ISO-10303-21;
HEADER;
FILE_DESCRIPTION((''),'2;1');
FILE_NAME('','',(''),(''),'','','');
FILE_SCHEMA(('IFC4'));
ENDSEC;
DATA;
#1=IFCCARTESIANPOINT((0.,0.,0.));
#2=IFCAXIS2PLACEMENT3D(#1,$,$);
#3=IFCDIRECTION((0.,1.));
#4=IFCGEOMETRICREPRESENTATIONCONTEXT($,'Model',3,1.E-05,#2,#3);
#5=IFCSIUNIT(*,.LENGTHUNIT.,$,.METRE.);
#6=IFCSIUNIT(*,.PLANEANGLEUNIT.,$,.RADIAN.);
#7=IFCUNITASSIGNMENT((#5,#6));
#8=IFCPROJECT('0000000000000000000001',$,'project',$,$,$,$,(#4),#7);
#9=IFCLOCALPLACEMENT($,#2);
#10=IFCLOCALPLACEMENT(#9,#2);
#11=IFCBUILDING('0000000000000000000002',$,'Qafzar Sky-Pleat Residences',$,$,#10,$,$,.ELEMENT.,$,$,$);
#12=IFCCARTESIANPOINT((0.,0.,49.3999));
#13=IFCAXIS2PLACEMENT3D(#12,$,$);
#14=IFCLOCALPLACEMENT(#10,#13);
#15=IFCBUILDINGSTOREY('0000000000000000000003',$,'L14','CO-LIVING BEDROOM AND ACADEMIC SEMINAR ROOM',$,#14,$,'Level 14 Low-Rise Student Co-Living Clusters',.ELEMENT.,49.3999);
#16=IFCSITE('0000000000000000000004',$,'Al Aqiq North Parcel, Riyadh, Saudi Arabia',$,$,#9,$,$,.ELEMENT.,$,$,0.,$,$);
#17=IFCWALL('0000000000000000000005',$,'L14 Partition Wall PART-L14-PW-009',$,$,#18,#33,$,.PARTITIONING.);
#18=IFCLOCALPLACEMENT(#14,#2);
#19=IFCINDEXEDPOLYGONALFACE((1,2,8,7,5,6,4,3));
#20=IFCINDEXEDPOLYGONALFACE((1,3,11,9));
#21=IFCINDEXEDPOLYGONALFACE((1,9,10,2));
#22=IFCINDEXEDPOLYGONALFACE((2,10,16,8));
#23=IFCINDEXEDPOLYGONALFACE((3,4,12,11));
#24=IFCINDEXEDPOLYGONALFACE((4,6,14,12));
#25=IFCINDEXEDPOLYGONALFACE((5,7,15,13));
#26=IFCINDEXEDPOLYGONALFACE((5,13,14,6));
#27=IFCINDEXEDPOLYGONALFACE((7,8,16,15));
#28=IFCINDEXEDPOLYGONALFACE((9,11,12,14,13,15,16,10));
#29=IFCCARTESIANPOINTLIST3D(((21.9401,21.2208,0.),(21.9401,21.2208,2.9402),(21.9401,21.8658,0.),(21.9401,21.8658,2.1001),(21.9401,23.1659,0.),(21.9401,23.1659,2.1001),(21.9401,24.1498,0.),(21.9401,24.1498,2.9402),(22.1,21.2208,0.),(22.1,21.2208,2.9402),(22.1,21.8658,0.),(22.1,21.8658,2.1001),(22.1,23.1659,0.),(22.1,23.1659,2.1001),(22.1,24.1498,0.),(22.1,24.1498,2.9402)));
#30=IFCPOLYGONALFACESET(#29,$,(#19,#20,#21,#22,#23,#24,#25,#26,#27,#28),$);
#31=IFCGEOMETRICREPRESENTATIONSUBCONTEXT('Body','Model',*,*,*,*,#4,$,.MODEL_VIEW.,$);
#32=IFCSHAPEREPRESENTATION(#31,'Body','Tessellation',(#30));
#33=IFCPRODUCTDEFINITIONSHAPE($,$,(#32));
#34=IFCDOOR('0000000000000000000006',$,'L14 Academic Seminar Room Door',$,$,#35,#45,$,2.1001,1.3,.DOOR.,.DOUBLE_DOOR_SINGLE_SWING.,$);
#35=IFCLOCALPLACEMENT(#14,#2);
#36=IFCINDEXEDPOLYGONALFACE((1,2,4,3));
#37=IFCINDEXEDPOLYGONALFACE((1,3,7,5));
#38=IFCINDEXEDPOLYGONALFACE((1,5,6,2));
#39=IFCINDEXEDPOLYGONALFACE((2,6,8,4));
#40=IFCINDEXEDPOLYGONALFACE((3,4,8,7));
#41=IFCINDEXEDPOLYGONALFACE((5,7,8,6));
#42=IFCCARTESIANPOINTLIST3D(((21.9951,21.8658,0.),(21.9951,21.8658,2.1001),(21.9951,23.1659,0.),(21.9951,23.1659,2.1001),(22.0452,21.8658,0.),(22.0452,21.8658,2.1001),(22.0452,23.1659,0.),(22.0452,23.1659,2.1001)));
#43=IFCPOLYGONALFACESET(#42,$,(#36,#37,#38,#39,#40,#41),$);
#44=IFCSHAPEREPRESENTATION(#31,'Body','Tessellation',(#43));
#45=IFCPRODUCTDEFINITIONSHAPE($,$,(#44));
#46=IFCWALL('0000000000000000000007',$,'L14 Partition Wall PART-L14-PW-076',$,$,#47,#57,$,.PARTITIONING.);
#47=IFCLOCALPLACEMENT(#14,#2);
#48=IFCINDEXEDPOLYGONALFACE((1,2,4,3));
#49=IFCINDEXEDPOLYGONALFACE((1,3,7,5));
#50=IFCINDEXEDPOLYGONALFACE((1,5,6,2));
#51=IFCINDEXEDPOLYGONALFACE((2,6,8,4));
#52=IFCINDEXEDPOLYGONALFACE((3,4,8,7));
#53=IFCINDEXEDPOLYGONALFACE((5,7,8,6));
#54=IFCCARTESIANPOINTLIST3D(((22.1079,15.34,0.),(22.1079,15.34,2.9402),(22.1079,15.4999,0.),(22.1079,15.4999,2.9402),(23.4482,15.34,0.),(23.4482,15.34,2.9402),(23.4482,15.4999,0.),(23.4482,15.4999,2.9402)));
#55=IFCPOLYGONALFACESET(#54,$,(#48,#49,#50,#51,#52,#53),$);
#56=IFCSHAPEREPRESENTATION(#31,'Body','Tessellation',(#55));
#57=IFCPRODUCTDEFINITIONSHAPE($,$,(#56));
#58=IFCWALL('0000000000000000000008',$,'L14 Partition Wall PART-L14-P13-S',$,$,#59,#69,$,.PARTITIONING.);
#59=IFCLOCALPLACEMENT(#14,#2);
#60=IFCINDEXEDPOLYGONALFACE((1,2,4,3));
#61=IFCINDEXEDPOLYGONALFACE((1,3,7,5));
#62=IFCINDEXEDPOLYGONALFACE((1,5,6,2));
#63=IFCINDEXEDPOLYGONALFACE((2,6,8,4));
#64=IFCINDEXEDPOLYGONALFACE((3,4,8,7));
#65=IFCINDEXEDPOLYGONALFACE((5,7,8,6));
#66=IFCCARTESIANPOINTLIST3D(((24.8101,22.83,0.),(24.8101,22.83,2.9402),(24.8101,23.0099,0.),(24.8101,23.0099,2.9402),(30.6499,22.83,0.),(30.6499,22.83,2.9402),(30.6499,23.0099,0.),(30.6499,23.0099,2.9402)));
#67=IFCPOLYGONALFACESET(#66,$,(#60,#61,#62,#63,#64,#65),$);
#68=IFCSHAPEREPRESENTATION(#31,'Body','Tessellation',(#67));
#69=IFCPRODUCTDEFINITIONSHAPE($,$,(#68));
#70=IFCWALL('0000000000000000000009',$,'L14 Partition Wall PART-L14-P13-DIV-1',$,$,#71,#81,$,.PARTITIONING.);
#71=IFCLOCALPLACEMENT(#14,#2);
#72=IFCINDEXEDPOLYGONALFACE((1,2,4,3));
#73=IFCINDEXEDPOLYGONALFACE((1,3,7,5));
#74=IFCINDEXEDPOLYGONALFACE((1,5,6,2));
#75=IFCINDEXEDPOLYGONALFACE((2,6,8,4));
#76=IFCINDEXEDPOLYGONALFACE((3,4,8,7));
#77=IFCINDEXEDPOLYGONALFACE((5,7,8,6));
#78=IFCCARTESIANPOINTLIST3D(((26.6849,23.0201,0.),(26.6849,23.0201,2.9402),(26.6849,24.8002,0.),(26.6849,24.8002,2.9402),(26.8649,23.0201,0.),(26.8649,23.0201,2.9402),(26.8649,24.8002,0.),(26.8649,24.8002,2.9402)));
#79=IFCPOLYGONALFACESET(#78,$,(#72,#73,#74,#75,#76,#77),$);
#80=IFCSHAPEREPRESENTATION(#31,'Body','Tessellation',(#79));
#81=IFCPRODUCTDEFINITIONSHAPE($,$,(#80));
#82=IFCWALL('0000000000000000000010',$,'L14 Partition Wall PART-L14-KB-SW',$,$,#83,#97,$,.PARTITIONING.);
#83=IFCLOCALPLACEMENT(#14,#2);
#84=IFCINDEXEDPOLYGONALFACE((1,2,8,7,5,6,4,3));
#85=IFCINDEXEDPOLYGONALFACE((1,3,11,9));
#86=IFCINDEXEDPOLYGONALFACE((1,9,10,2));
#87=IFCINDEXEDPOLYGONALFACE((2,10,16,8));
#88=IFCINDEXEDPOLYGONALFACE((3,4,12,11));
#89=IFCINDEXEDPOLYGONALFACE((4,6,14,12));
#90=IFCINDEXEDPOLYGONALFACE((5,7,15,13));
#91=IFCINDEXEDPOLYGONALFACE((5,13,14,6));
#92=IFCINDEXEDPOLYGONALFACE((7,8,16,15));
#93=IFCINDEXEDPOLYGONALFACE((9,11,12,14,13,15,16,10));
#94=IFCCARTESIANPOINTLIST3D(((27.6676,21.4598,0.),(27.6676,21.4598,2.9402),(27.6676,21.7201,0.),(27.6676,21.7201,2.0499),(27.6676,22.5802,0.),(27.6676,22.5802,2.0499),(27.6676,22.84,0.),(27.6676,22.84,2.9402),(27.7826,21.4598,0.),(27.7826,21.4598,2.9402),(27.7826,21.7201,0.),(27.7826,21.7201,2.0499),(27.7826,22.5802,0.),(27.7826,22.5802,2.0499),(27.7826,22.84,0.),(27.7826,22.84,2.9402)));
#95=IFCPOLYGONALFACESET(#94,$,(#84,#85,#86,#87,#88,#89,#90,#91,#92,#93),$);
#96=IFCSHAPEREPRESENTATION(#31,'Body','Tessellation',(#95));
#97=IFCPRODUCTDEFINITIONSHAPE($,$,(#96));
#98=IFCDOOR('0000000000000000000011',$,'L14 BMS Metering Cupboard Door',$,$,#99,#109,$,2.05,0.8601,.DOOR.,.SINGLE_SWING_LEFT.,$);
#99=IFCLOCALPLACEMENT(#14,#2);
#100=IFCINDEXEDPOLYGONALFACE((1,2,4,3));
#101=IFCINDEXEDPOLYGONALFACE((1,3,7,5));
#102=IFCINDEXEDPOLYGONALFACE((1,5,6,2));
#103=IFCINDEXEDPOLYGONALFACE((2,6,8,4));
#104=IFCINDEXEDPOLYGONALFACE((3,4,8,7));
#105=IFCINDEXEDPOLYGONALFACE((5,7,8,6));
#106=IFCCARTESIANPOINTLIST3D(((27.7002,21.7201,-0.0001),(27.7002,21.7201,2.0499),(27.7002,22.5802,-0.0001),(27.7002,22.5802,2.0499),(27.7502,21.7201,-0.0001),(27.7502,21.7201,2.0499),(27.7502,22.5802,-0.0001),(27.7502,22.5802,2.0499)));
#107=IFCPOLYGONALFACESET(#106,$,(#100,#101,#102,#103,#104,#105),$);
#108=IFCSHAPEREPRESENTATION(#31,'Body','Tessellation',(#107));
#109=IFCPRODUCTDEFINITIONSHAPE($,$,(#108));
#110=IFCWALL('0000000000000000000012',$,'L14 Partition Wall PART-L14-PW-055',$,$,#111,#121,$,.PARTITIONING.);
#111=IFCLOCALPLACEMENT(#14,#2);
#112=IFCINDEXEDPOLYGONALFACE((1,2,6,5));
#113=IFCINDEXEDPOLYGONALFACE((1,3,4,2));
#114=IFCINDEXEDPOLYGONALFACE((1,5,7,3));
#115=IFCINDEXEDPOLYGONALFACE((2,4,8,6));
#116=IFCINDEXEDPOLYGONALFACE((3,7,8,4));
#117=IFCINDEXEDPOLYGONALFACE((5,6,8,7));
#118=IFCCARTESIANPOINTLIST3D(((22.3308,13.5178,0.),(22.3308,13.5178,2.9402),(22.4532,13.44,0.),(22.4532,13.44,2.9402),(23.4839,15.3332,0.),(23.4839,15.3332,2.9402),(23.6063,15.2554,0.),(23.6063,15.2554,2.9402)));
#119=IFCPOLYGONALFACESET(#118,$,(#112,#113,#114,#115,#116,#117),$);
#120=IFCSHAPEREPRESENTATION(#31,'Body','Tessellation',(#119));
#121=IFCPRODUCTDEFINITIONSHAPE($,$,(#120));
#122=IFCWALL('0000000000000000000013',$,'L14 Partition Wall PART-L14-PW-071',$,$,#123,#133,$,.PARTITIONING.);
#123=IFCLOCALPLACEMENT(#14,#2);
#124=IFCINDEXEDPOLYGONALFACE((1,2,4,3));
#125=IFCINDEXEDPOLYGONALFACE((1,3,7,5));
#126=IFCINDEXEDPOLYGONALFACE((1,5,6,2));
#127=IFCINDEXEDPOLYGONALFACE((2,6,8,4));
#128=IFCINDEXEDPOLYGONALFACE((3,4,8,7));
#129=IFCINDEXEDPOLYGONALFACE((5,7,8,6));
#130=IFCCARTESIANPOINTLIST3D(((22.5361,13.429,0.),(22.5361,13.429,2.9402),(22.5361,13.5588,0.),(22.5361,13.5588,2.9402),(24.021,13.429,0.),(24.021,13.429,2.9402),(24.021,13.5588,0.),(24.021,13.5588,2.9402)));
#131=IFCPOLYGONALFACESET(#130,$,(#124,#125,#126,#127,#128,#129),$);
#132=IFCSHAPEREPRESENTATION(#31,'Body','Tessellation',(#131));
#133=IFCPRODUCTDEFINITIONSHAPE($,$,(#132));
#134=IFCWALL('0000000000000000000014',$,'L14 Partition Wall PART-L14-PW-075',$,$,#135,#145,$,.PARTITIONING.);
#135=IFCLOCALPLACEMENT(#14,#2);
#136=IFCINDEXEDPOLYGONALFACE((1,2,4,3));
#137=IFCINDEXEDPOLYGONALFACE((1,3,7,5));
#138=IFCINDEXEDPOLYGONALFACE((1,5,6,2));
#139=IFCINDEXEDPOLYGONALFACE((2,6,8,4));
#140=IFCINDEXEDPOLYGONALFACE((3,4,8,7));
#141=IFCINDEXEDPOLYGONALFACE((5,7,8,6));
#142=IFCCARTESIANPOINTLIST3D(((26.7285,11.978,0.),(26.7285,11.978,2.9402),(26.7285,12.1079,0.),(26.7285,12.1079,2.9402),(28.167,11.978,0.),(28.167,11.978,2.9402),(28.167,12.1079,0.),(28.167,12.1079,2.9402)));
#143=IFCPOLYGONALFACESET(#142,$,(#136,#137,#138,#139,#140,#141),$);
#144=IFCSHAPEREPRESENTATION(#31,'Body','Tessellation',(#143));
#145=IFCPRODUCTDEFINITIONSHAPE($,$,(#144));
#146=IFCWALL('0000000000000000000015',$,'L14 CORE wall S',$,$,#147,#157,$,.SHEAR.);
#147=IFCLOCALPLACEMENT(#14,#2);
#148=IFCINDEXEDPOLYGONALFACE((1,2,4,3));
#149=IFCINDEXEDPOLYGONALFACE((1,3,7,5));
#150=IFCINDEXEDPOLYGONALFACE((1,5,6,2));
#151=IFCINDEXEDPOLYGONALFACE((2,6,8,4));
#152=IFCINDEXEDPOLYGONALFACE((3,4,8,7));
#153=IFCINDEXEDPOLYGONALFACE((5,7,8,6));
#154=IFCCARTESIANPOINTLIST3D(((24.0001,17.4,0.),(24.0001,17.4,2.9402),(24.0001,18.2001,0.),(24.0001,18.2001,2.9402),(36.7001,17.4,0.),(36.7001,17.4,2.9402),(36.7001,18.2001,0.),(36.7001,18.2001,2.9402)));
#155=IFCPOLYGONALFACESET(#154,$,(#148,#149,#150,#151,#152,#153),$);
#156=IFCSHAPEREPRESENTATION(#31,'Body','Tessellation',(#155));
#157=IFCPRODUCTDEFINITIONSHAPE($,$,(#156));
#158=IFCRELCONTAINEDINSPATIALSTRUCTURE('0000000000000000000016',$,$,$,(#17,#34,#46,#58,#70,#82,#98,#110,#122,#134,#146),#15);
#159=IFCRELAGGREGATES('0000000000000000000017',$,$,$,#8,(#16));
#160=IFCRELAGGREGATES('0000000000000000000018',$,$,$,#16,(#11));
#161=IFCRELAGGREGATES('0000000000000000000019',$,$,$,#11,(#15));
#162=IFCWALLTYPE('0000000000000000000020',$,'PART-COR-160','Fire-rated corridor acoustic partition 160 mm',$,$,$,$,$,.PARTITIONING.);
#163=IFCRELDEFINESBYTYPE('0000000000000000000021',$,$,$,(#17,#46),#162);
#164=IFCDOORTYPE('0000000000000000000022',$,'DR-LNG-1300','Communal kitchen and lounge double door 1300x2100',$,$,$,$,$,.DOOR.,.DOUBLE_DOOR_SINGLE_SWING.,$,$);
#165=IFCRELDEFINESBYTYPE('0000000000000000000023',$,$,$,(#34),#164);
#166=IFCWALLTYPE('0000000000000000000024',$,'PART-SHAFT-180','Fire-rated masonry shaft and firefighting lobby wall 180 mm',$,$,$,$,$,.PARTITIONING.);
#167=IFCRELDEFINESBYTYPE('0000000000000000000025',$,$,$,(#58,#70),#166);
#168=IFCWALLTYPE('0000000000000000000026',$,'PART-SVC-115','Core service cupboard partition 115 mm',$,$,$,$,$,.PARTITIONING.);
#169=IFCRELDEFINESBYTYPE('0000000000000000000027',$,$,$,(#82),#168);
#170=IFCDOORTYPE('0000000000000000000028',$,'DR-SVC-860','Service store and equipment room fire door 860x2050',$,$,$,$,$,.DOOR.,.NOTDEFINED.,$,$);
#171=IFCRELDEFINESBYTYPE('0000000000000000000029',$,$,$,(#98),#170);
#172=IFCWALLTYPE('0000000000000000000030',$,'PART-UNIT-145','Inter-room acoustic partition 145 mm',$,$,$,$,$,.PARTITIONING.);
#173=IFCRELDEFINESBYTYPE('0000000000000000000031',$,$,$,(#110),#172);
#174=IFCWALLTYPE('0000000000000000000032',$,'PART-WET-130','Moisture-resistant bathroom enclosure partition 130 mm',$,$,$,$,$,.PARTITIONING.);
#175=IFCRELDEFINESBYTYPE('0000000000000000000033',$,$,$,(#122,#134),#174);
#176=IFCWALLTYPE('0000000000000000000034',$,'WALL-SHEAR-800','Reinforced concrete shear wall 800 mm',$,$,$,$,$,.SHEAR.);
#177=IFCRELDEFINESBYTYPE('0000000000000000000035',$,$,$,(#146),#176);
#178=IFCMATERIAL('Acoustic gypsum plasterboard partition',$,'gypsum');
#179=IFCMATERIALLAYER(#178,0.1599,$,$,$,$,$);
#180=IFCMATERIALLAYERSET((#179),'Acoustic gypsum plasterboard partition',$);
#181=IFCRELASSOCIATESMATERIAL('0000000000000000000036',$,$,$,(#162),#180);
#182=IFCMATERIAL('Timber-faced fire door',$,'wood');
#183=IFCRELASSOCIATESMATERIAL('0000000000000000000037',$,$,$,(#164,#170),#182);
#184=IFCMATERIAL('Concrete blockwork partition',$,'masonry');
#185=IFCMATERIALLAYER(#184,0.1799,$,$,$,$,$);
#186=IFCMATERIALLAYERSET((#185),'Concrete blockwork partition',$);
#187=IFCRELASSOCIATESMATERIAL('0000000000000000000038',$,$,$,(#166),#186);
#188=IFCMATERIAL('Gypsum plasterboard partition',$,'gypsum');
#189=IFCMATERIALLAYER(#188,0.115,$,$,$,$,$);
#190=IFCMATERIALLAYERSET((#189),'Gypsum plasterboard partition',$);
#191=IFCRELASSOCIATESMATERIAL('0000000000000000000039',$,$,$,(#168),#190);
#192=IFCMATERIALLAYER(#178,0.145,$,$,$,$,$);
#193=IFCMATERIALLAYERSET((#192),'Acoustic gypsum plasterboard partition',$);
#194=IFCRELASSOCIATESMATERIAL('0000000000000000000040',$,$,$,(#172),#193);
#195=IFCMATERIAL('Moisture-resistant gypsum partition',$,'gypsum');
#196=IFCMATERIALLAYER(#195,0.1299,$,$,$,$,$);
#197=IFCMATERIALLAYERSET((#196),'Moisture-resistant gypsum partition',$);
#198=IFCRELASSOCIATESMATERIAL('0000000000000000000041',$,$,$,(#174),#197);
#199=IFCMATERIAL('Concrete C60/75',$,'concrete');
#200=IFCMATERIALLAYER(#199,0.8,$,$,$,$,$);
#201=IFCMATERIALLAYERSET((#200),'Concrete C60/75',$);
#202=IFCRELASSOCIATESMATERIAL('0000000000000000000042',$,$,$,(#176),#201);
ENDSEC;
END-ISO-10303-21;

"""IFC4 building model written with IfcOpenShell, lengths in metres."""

from ifc_helpers import new_model, si_unit, direction, frame, frame_2d, origin, place, context, subcontext, project, spatial, rectangle, extrude, source, transform, mapped, material, layer, layer_set, type_object, element, fill, save


model = new_model("IFC4")

# Units and contexts
model_context = context("Model", 3, precision=1e-05, world=origin(), true_north=direction((0.0, 1.0)))
body_context = subcontext(model_context, "Body", "Model", "MODEL_VIEW")
ifc_project = project(units=[si_unit("LENGTHUNIT", "METRE"), si_unit("PLANEANGLEUNIT", "RADIAN")], contexts=[model_context])

# Site, building, storey
site_placement = place(None, origin())
site = spatial("IfcSite", under=ifc_project, at=site_placement, Name="Al Aqiq North Parcel, Riyadh, Saudi Arabia", CompositionType="ELEMENT", RefElevation=0.0)
building_placement = place(site_placement, origin())
building = spatial("IfcBuilding", under=site, at=building_placement, Name="Qafzar Sky-Pleat Residences", CompositionType="ELEMENT")
storey_placement = place(building_placement, frame((0.0, 0.0, 49.3999)))
storey = spatial("IfcBuildingStorey", under=building, at=storey_placement, Name="L14", Description="CO-LIVING BEDROOM AND ACADEMIC SEMINAR ROOM", LongName="Level 14 Low-Rise Student Co-Living Clusters", CompositionType="ELEMENT", Elevation=49.3999)

# Wall, opening, door
ifc_material_1 = material(Name="Acoustic gypsum plasterboard partition", Category="gypsum")
ifc_layer_1 = layer(ifc_material_1, 0.1599)
ifc_layer_set_1 = layer_set([ifc_layer_1], Name="Acoustic gypsum plasterboard partition")
wall_type_1 = type_object("IfcWallType", Name="PART-COR-160", Description="Fire-rated corridor acoustic partition 160 mm", PredefinedType="PARTITIONING", material=ifc_layer_set_1)
ifc_material_2 = material(Name="Timber-faced fire door", Category="wood")
wall_1_placement = place(storey_placement, frame((22.02, 21.2209, 0.0), z_axis=(0.0, 0.0, 1.0), x_axis=(0.0, 1.0, 0.0)))
wall_1 = element("IfcWall", 1, at=wall_1_placement, inside=storey, type_object=wall_type_1, Name="L14 Partition Wall PART-L14-PW-009", PredefinedType="PARTITIONING", context=body_context, shape_type="SweptSolid", body=[
    extrude(rectangle(XDim=2.929, YDim=0.1599, at=frame_2d((1.4644, 0.0))), origin(), (0.0, 0.0, 1.0), 2.9402),
])
opening_1_placement = place(wall_1_placement, frame((0.645, 0.0, 0.0)))
opening_1 = element("IfcOpeningElement", 2, at=opening_1_placement, cuts=wall_1, PredefinedType="OPENING", context=body_context, shape_type="SweptSolid", body=[
    extrude(rectangle(XDim=1.3, YDim=2.1001, at=frame_2d((0.6499, 1.05))), frame((0.0, 0.0898, 0.0), z_axis=(0.0, -1.0, 0.0), x_axis=(1.0, 0.0, 0.0)), (0.0, 0.0, 1.0), 0.1799),
])
door_type_1 = type_object("IfcDoorType", Name="DR-LNG-1300", Description="Communal kitchen and lounge double door 1300x2100", OperationType="DOUBLE_DOOR_SINGLE_SWING", PredefinedType="DOOR", material=ifc_material_2)
shared_shape_1 = source(origin(), body_context, "Body", "SweptSolid", [
    extrude(rectangle(XDim=1.3, YDim=2.1001, at=frame_2d((0.6499, 1.05))), frame((0.0, 0.0249, 0.0), z_axis=(0.0, -1.0, 0.0), x_axis=(1.0, 0.0, 0.0)), (0.0, 0.0, 1.0), 0.05),
])
door_1_placement = place(opening_1_placement, origin())
door_1 = element("IfcDoor", 3, at=door_1_placement, inside=storey, type_object=door_type_1, Name="L14 Academic Seminar Room Door", OperationType="DOUBLE_DOOR_SINGLE_SWING", OverallHeight=2.1001, OverallWidth=1.3, PredefinedType="DOOR", context=body_context, shape_type="MappedRepresentation", body=[
    mapped(shared_shape_1, transform((0.0, 0.0, 0.0), x_axis=(1.0, 0.0, 0.0), y_axis=(0.0, 1.0, 0.0), z_axis=(0.0, 0.0, 1.0), scale=1.0)),
])
fill(opening_1, door_1)

# Walls
wall_2_placement = place(storey_placement, frame((22.1079, 15.4199, 0.0), z_axis=(0.0, 0.0, 1.0), x_axis=(1.0, 0.0, 0.0)))
element("IfcWall", 4, at=wall_2_placement, inside=storey, type_object=wall_type_1, Name="L14 Partition Wall PART-L14-PW-076", PredefinedType="PARTITIONING", context=body_context, shape_type="SweptSolid", body=[
    extrude(rectangle(XDim=1.3403, YDim=0.1599, at=frame_2d((0.6702, 0.0))), origin(), (0.0, 0.0, 1.0), 2.9402),
])
ifc_material_3 = material(Name="Concrete blockwork partition", Category="masonry")
ifc_layer_2 = layer(ifc_material_3, 0.1799)
ifc_layer_set_2 = layer_set([ifc_layer_2], Name="Concrete blockwork partition")
wall_type_2 = type_object("IfcWallType", Name="PART-SHAFT-180", Description="Fire-rated masonry shaft and firefighting lobby wall 180 mm", PredefinedType="PARTITIONING", material=ifc_layer_set_2)
wall_3_placement = place(storey_placement, frame((24.8101, 22.9199, 0.0), z_axis=(0.0, 0.0, 1.0), x_axis=(1.0, 0.0, 0.0)))
element("IfcWall", 5, at=wall_3_placement, inside=storey, type_object=wall_type_2, Name="L14 Partition Wall PART-L14-P13-S", PredefinedType="PARTITIONING", context=body_context, shape_type="SweptSolid", body=[
    extrude(rectangle(XDim=5.8398, YDim=0.1799, at=frame_2d((2.9199, 0.0))), origin(), (0.0, 0.0, 1.0), 2.9402),
])

# Wall
wall_4_placement = place(storey_placement, frame((26.7749, 23.02, 0.0), z_axis=(0.0, 0.0, 1.0), x_axis=(0.0, 1.0, 0.0)))
element("IfcWall", 6, at=wall_4_placement, inside=storey, type_object=wall_type_2, Name="L14 Partition Wall PART-L14-P13-DIV-1", PredefinedType="PARTITIONING", context=body_context, shape_type="SweptSolid", body=[
    extrude(rectangle(XDim=1.78, YDim=0.1799, at=frame_2d((0.8901, 0.0))), origin(), (0.0, 0.0, 1.0), 2.9402),
])

# Wall, opening, door
ifc_material_4 = material(Name="Gypsum plasterboard partition", Category="gypsum")
ifc_layer_3 = layer(ifc_material_4, 0.115)
ifc_layer_set_3 = layer_set([ifc_layer_3], Name="Gypsum plasterboard partition")
wall_type_3 = type_object("IfcWallType", Name="PART-SVC-115", Description="Core service cupboard partition 115 mm", PredefinedType="PARTITIONING", material=ifc_layer_set_3)
wall_5_placement = place(storey_placement, frame((27.7251, 21.46, 0.0), z_axis=(0.0, 0.0, 1.0), x_axis=(0.0, 1.0, 0.0)))
wall_5 = element("IfcWall", 7, at=wall_5_placement, inside=storey, type_object=wall_type_3, Name="L14 Partition Wall PART-L14-KB-SW", PredefinedType="PARTITIONING", context=body_context, shape_type="SweptSolid", body=[
    extrude(rectangle(XDim=1.3801, YDim=0.115, at=frame_2d((0.6899, 0.0))), origin(), (0.0, 0.0, 1.0), 2.9402),
])
opening_2_placement = place(wall_5_placement, frame((0.26, 0.0, 0.0)))
opening_2 = element("IfcOpeningElement", 8, at=opening_2_placement, cuts=wall_5, PredefinedType="OPENING", context=body_context, shape_type="SweptSolid", body=[
    extrude(rectangle(XDim=0.8601, YDim=2.05, at=frame_2d((0.4302, 1.0249))), frame((0.0, 0.0674, 0.0), z_axis=(0.0, -1.0, 0.0), x_axis=(1.0, 0.0, 0.0)), (0.0, 0.0, 1.0), 0.135),
])
door_type_2 = type_object("IfcDoorType", Name="DR-SVC-860", Description="Service store and equipment room fire door 860x2050", OperationType="NOTDEFINED", PredefinedType="DOOR", material=ifc_material_2)
shared_shape_2 = source(origin(), body_context, "Body", "SweptSolid", [
    extrude(rectangle(XDim=0.8601, YDim=2.05, at=frame_2d((0.4302, 1.0249))), frame((0.0, 0.0249, 0.0), z_axis=(0.0, -1.0, 0.0), x_axis=(1.0, 0.0, 0.0)), (0.0, 0.0, 1.0), 0.05),
])
door_2_placement = place(opening_2_placement, origin())
door_2 = element("IfcDoor", 9, at=door_2_placement, inside=storey, type_object=door_type_2, Name="L14 BMS Metering Cupboard Door", OperationType="SINGLE_SWING_LEFT", OverallHeight=2.05, OverallWidth=0.8601, PredefinedType="DOOR", context=body_context, shape_type="MappedRepresentation", body=[
    mapped(shared_shape_2, transform((0.0, 0.0, 0.0), x_axis=(1.0, 0.0, 0.0), y_axis=(0.0, 1.0, 0.0), z_axis=(0.0, 0.0, 1.0), scale=1.0)),
])
fill(opening_2, door_2)

# Walls
ifc_layer_4 = layer(ifc_material_1, 0.145)
ifc_layer_set_4 = layer_set([ifc_layer_4], Name="Acoustic gypsum plasterboard partition")
wall_type_4 = type_object("IfcWallType", Name="PART-UNIT-145", Description="Inter-room acoustic partition 145 mm", PredefinedType="PARTITIONING", material=ifc_layer_set_4)
wall_6_placement = place(storey_placement, frame((22.3921, 13.479, 0.0), z_axis=(0.0, 0.0, 1.0), x_axis=(0.536148, 0.844124, 0.0)))
element("IfcWall", 10, at=wall_6_placement, inside=storey, type_object=wall_type_4, Name="L14 Partition Wall PART-L14-PW-055", PredefinedType="PARTITIONING", context=body_context, shape_type="SweptSolid", body=[
    extrude(rectangle(XDim=2.1506, YDim=0.145, at=frame_2d((1.0752, 0.0))), origin(), (0.0, 0.0, 1.0), 2.9402),
])
ifc_material_5 = material(Name="Moisture-resistant gypsum partition", Category="gypsum")
ifc_layer_5 = layer(ifc_material_5, 0.1299)
ifc_layer_set_5 = layer_set([ifc_layer_5], Name="Moisture-resistant gypsum partition")
wall_type_5 = type_object("IfcWallType", Name="PART-WET-130", Description="Moisture-resistant bathroom enclosure partition 130 mm", PredefinedType="PARTITIONING", material=ifc_layer_set_5)
wall_7_placement = place(storey_placement, frame((22.5361, 13.4939, 0.0), z_axis=(0.0, 0.0, 1.0), x_axis=(1.0, 0.0, 0.0)))
element("IfcWall", 11, at=wall_7_placement, inside=storey, type_object=wall_type_5, Name="L14 Partition Wall PART-L14-PW-071", PredefinedType="PARTITIONING", context=body_context, shape_type="SweptSolid", body=[
    extrude(rectangle(XDim=1.4849, YDim=0.1299, at=frame_2d((0.7424, 0.0))), origin(), (0.0, 0.0, 1.0), 2.9402),
])
wall_8_placement = place(storey_placement, frame((26.7285, 12.043, 0.0), z_axis=(0.0, 0.0, 1.0), x_axis=(1.0, 0.0, 0.0)))
element("IfcWall", 12, at=wall_8_placement, inside=storey, type_object=wall_type_5, Name="L14 Partition Wall PART-L14-PW-075", PredefinedType="PARTITIONING", context=body_context, shape_type="SweptSolid", body=[
    extrude(rectangle(XDim=1.4385, YDim=0.1299, at=frame_2d((0.7192, 0.0))), origin(), (0.0, 0.0, 1.0), 2.9402),
])

# Shared definitions
ifc_material_6 = material(Name="Concrete C60/75", Category="concrete")

# Wall
ifc_layer_6 = layer(ifc_material_6, 0.8)
ifc_layer_set_6 = layer_set([ifc_layer_6], Name="Concrete C60/75")
wall_type_6 = type_object("IfcWallType", Name="WALL-SHEAR-800", Description="Reinforced concrete shear wall 800 mm", PredefinedType="SHEAR", material=ifc_layer_set_6)
wall_9_placement = place(storey_placement, frame((24.0, 17.8, 0.0), z_axis=(0.0, 0.0, 1.0), x_axis=(1.0, 0.0, 0.0)))
element("IfcWall", 13, at=wall_9_placement, inside=storey, type_object=wall_type_6, Name="L14 CORE wall S", PredefinedType="SHEAR", context=body_context, shape_type="SweptSolid", body=[
    extrude(rectangle(XDim=12.7, YDim=0.8, at=frame_2d((6.3501, 0.0))), origin(), (0.0, 0.0, 1.0), 2.9402),
])

save(model, "model.ifc")
